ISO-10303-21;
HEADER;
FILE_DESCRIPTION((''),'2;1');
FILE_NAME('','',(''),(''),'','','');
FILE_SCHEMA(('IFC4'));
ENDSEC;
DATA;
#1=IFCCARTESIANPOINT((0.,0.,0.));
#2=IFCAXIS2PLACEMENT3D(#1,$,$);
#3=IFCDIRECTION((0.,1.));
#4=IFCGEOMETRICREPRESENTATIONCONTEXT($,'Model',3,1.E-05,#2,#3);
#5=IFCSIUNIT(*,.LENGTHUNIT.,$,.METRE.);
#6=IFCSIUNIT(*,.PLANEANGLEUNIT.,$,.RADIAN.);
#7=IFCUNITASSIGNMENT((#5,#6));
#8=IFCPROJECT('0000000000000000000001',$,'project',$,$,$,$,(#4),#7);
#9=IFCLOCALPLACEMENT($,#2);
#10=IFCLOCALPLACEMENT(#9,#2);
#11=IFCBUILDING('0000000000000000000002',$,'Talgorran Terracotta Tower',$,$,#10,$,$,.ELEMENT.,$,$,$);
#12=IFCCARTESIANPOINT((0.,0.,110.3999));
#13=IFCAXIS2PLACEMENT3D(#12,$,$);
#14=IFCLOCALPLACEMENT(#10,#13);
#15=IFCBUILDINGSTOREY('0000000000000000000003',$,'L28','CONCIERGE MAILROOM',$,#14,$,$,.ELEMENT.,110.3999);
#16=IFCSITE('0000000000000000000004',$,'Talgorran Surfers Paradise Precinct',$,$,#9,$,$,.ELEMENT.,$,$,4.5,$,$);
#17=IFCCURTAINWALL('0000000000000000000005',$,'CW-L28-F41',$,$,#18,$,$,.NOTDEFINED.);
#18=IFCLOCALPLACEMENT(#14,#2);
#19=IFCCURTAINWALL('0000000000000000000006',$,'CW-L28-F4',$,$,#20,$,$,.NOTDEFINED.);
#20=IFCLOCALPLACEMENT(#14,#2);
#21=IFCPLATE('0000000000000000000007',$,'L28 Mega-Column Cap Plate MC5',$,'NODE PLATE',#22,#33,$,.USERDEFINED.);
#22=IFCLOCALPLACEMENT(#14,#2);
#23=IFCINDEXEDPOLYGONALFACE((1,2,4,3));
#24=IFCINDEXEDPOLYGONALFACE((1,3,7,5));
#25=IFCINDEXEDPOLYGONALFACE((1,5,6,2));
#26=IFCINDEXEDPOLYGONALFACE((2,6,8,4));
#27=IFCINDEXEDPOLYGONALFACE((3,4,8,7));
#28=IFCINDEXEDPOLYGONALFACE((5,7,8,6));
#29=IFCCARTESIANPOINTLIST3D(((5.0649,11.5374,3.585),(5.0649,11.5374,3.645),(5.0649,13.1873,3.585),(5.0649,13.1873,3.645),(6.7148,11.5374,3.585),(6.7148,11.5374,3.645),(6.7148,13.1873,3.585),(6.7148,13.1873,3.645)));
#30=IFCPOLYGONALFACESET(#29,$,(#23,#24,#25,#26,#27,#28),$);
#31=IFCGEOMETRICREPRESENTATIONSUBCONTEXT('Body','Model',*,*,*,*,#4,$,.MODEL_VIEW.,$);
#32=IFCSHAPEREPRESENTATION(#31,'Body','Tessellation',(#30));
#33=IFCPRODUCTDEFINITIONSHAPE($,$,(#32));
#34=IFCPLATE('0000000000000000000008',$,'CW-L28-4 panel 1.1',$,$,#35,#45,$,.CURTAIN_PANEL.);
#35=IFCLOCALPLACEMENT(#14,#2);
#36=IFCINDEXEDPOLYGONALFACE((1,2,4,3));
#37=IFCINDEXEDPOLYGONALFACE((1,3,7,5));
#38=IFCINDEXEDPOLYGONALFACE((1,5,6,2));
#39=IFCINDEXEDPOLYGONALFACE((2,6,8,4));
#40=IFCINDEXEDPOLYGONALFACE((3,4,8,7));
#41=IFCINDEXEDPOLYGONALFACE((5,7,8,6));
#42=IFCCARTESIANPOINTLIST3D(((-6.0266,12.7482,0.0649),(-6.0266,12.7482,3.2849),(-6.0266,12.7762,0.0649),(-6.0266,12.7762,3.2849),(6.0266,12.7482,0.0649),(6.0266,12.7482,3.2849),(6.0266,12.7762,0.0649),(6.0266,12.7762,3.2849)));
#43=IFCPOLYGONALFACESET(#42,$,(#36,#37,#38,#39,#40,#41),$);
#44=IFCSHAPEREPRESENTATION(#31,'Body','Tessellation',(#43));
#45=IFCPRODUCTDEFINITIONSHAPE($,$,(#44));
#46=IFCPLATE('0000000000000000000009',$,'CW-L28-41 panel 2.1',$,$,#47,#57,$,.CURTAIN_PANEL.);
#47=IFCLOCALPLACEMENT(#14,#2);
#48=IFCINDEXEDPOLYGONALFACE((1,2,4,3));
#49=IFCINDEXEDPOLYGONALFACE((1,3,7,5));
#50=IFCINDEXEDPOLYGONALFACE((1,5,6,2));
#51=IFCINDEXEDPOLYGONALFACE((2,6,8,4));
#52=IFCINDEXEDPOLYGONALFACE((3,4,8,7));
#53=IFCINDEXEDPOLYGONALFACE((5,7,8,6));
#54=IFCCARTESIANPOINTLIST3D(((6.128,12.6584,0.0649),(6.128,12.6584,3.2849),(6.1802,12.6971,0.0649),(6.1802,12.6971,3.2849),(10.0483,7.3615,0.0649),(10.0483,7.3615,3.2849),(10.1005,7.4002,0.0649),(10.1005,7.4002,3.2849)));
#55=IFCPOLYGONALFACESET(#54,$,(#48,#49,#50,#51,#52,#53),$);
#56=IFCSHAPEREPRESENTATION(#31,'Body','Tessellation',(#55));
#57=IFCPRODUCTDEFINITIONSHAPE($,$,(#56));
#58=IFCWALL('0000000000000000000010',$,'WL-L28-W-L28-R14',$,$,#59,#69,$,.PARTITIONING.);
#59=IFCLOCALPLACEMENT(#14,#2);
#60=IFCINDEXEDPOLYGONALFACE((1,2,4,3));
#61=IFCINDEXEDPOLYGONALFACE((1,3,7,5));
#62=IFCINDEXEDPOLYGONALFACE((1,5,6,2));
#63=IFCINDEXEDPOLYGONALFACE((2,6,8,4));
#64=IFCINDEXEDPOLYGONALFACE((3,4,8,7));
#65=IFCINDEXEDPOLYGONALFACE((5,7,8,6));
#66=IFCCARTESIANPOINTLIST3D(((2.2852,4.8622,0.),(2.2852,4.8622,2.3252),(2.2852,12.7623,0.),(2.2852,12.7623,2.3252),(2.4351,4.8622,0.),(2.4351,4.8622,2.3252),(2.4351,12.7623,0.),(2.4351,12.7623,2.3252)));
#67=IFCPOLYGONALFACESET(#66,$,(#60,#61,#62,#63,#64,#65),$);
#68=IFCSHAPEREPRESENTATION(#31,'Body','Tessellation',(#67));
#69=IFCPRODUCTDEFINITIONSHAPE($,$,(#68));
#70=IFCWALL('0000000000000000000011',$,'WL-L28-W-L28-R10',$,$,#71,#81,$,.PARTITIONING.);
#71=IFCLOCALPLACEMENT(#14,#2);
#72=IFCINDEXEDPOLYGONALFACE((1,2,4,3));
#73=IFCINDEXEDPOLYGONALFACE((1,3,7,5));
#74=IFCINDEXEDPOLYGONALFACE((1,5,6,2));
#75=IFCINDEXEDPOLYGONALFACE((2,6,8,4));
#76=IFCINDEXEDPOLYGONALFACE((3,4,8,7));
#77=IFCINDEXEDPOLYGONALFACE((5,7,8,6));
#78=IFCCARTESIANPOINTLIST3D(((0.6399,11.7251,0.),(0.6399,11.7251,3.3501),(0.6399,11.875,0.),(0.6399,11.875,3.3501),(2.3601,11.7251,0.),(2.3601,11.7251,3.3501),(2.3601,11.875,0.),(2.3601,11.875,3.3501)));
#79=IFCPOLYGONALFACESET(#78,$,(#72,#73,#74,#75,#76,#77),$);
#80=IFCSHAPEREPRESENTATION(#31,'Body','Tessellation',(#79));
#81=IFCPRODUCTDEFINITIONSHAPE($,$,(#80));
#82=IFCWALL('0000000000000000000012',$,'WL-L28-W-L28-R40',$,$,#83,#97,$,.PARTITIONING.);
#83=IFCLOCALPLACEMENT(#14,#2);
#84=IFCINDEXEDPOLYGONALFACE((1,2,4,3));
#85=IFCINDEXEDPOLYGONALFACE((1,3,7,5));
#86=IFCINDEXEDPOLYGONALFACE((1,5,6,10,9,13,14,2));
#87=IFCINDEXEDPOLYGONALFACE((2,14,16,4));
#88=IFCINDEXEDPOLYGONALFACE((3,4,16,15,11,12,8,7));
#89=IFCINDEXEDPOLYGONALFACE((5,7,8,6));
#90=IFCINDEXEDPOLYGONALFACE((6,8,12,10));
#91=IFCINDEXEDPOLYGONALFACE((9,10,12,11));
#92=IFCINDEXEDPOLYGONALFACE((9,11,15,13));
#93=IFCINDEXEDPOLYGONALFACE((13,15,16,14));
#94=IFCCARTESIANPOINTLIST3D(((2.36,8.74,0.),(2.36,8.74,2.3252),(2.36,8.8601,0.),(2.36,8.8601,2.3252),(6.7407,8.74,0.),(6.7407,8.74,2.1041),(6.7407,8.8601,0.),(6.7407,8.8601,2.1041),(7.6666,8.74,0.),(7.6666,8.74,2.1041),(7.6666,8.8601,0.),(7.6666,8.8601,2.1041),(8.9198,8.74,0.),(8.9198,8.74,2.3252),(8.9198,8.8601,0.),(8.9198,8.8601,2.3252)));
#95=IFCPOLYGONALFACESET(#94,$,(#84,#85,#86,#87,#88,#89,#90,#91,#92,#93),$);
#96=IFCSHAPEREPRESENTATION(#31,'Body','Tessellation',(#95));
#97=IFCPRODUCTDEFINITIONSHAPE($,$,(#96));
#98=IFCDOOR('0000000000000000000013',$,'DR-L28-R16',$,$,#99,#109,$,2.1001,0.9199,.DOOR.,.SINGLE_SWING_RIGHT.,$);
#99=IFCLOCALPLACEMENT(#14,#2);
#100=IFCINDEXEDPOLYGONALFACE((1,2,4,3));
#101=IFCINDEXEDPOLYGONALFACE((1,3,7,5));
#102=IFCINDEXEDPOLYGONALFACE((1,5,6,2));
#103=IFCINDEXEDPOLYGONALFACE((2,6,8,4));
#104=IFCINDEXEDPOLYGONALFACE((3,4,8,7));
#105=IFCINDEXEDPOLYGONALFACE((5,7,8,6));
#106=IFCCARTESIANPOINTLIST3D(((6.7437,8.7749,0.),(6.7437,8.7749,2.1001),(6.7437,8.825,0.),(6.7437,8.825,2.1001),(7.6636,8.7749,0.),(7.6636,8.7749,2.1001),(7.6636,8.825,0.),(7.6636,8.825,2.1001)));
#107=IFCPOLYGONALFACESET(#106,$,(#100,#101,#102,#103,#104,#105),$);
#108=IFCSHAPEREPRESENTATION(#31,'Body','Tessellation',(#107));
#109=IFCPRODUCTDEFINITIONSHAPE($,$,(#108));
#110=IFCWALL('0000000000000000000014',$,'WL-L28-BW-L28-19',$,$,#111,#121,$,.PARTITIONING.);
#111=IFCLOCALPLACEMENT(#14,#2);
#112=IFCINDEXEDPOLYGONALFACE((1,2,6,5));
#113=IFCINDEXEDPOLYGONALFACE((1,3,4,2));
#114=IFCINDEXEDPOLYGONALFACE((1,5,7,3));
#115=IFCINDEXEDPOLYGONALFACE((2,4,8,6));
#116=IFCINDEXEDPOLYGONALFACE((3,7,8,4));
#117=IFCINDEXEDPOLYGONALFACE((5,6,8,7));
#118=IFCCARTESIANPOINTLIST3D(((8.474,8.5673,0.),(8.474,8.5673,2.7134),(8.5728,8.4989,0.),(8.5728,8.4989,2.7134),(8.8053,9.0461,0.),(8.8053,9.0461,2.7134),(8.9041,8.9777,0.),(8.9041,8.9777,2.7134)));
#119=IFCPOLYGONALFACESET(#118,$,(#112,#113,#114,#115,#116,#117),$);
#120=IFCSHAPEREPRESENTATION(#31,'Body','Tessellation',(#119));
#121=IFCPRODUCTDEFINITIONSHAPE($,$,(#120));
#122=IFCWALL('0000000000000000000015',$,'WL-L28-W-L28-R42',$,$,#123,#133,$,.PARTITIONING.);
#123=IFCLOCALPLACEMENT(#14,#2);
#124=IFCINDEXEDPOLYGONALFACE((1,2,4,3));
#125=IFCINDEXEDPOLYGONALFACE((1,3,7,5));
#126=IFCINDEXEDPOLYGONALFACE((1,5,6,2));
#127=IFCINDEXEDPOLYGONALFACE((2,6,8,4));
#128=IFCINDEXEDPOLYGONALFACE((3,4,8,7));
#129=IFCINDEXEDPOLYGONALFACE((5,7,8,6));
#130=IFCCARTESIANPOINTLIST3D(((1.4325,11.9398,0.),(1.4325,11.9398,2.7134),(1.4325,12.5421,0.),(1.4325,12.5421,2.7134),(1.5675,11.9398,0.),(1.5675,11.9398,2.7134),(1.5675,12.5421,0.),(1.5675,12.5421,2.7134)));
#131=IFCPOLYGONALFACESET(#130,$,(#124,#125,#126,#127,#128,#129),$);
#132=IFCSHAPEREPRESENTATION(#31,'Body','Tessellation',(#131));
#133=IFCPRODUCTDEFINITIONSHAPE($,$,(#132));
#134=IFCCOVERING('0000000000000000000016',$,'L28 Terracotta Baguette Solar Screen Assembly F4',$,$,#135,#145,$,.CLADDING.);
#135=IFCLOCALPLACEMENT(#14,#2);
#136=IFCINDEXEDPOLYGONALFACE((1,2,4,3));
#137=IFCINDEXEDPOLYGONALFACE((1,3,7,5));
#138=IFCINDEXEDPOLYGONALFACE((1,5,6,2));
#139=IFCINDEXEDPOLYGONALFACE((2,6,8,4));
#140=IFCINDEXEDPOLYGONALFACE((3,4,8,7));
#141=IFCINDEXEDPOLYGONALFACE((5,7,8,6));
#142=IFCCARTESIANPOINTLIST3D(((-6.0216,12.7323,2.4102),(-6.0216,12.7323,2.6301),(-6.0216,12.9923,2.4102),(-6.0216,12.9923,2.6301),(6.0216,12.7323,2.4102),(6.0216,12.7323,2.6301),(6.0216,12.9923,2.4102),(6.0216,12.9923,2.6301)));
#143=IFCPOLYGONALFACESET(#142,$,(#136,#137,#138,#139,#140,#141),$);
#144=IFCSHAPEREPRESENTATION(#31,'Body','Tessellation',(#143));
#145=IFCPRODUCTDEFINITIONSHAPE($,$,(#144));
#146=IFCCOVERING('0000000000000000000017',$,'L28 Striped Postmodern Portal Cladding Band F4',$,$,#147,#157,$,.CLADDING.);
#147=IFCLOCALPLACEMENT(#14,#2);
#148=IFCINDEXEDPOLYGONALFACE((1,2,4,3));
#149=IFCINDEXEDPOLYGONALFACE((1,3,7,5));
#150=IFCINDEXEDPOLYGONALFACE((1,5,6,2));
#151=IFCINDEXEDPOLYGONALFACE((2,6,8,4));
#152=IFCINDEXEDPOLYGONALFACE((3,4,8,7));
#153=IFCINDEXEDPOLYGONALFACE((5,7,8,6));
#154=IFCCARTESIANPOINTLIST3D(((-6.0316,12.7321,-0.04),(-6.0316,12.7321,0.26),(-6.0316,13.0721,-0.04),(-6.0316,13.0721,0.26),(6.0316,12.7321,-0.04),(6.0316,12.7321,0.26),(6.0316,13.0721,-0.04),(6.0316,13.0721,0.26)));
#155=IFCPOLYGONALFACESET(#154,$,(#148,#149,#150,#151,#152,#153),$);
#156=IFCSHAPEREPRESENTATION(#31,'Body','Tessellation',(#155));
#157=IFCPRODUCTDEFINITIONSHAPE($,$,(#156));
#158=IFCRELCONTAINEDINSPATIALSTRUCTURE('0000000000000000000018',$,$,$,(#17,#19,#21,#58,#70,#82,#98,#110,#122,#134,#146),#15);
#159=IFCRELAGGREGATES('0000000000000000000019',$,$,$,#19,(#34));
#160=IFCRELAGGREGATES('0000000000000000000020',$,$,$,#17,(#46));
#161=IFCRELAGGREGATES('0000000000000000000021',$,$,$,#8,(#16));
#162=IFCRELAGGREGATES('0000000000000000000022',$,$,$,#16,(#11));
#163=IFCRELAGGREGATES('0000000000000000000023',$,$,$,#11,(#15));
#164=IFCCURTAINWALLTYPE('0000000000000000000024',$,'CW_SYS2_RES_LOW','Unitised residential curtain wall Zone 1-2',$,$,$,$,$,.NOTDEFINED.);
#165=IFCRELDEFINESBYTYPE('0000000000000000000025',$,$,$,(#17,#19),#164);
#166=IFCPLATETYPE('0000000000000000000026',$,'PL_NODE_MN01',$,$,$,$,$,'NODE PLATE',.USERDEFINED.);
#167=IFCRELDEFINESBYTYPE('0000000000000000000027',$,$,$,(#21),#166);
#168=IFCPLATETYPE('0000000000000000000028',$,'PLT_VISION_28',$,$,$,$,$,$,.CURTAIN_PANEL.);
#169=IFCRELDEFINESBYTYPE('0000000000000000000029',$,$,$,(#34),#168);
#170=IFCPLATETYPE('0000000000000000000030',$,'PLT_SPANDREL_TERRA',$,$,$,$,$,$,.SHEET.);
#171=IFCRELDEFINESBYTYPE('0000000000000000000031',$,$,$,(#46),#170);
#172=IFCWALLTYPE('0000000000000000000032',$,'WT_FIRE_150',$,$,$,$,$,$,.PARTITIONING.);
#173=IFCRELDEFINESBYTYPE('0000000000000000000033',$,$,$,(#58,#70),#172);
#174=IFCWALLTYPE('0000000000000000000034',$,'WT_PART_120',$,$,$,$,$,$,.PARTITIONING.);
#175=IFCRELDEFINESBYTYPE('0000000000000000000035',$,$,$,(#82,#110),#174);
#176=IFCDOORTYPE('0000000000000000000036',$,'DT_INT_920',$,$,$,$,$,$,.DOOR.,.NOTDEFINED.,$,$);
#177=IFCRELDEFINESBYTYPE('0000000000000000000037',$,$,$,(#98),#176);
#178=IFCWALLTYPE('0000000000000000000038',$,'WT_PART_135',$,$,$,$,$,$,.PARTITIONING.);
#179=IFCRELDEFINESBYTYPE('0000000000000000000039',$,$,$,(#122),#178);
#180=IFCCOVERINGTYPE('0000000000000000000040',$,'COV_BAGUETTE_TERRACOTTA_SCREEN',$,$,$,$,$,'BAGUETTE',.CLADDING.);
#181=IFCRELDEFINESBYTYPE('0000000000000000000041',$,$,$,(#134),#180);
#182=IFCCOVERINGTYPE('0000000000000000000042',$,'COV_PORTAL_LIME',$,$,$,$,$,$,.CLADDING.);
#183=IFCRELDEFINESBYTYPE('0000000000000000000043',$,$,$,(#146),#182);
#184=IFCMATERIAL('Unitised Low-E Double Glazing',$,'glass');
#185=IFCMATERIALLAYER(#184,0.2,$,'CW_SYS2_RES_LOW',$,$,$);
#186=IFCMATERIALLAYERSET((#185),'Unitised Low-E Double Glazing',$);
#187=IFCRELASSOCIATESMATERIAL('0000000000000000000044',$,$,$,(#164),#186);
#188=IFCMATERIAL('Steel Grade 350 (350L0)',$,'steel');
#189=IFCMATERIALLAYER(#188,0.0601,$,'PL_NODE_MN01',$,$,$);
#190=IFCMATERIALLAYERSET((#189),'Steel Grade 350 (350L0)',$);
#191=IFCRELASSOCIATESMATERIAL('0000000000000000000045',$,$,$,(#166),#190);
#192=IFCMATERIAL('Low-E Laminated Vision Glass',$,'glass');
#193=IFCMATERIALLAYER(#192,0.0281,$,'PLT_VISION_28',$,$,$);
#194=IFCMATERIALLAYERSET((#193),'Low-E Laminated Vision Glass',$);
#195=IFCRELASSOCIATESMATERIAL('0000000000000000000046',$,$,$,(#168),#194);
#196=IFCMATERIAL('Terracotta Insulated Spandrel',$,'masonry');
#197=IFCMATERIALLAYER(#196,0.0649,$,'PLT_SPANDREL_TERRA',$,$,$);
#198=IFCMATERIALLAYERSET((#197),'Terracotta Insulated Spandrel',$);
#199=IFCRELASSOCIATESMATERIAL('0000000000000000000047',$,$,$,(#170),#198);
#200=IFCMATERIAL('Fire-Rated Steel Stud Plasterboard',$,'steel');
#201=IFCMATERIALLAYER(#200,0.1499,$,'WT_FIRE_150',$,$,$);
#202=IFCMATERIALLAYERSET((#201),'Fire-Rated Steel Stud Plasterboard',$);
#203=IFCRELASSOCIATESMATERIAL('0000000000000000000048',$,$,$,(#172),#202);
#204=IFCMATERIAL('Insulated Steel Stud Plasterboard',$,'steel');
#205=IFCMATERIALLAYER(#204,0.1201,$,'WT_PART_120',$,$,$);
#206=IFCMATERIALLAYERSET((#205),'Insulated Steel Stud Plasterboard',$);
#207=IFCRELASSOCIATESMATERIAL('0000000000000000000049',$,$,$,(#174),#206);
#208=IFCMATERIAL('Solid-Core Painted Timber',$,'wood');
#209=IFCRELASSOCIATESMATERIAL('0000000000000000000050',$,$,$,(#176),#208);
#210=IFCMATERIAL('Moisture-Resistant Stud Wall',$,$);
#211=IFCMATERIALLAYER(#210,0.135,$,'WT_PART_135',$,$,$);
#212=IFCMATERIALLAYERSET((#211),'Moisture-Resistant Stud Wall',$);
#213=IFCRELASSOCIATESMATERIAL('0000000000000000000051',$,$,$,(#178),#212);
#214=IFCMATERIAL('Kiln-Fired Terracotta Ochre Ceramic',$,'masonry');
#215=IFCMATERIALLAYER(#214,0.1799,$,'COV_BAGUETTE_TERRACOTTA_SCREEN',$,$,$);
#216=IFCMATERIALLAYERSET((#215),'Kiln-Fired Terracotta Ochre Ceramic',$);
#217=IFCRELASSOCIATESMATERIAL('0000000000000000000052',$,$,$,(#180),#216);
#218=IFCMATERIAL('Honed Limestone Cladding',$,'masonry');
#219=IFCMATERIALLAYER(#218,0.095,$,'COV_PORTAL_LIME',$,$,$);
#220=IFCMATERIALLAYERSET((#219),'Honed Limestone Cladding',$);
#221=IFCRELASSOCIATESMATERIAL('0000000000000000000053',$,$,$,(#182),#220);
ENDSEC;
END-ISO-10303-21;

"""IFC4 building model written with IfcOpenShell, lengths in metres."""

from ifc_helpers import new_model, si_unit, direction, frame, frame_2d, origin, origin_2d, place, context, subcontext, project, spatial, rectangle, extrude, source, transform, mapped, material, layer, layer_set, type_object, type_shapes, element, fill, aggregate, save


model = new_model("IFC4")

# Units and contexts
model_context = context("Model", 3, precision=1e-05, world=origin(), true_north=direction((0.0, 1.0)))
body_context = subcontext(model_context, "Body", "Model", "MODEL_VIEW")
ifc_project = project(units=[si_unit("LENGTHUNIT", "METRE"), si_unit("PLANEANGLEUNIT", "RADIAN")], contexts=[model_context])

# Site, building, storey
site_placement = place(None, origin())
site = spatial("IfcSite", under=ifc_project, at=site_placement, Name="Talgorran Surfers Paradise Precinct", CompositionType="ELEMENT", RefElevation=4.5)
building_placement = place(site_placement, origin())
building = spatial("IfcBuilding", under=site, at=building_placement, Name="Talgorran Terracotta Tower", CompositionType="ELEMENT")
storey_placement = place(building_placement, frame((0.0, 0.0, 110.3999)))
storey = spatial("IfcBuildingStorey", under=building, at=storey_placement, Name="L28", Description="CONCIERGE MAILROOM", CompositionType="ELEMENT", Elevation=110.3999)

# Shared definitions
ifc_material_1 = material(Name="Steel Grade 350 (350L0)", Category="steel")

# Curtain wall
ifc_material_2 = material(Name="Unitised Low-E Double Glazing", Category="glass")
ifc_layer_1 = layer(ifc_material_2, 0.2, Name="CW_SYS2_RES_LOW")
ifc_layer_set_1 = layer_set([ifc_layer_1], Name="Unitised Low-E Double Glazing")
curtain_wall_type = type_object("IfcCurtainWallType", Name="CW_SYS2_RES_LOW", Description="Unitised residential curtain wall Zone 1-2", PredefinedType="NOTDEFINED", material=ifc_layer_set_1)
curtain_wall_1_placement = place(storey_placement, origin())
curtain_wall_1 = element("IfcCurtainWall", 1, at=curtain_wall_1_placement, inside=storey, type_object=curtain_wall_type, Name="CW-L28-F41", PredefinedType="NOTDEFINED")

# Curtain wall
curtain_wall_2_placement = place(storey_placement, origin())
curtain_wall_2 = element("IfcCurtainWall", 2, at=curtain_wall_2_placement, inside=storey, type_object=curtain_wall_type, Name="CW-L28-F4", PredefinedType="NOTDEFINED")

# Plates
ifc_layer_2 = layer(ifc_material_1, 0.0601, Name="PL_NODE_MN01")
ifc_layer_set_2 = layer_set([ifc_layer_2], Name="Steel Grade 350 (350L0)")
plate_type_1 = type_object("IfcPlateType", Name="PL_NODE_MN01", ElementType="NODE PLATE", PredefinedType="USERDEFINED", material=ifc_layer_set_2)
plate_1_placement = place(storey_placement, frame((5.8899, 12.3623, 3.585), z_axis=(0.0, 0.0, 1.0), x_axis=(1.0, 0.0, 0.0)))
element("IfcPlate", 3, at=plate_1_placement, inside=storey, type_object=plate_type_1, Name="L28 Mega-Column Cap Plate MC5", ObjectType="NODE PLATE", PredefinedType="USERDEFINED", context=body_context, shape_type="SweptSolid", body=[
    extrude(rectangle(XDim=1.6499, YDim=1.6499, at=origin_2d()), origin(), (0.0, 0.0, 1.0), 0.0601),
])
ifc_material_3 = material(Name="Low-E Laminated Vision Glass", Category="glass")
ifc_layer_3 = layer(ifc_material_3, 0.0281, Name="PLT_VISION_28")
ifc_layer_set_3 = layer_set([ifc_layer_3], Name="Low-E Laminated Vision Glass")
plate_type_2 = type_object("IfcPlateType", Name="PLT_VISION_28", PredefinedType="CURTAIN_PANEL", material=ifc_layer_set_3)
shared_shape_1 = source(origin(), body_context, "Body", "SweptSolid", [
    extrude(rectangle(XDim=12.0532, YDim=0.0281, at=origin_2d()), origin(), (0.0, 0.0, 1.0), 3.22),
])
type_shapes(plate_type_2, [shared_shape_1])
plate_2_placement = place(storey_placement, frame((0.0, 12.7622, 0.0649), z_axis=(0.0, 0.0, 1.0), x_axis=(-1.0, 0.0, 0.0)))
plate_2 = element("IfcPlate", 4, at=plate_2_placement, type_object=plate_type_2, Name="CW-L28-4 panel 1.1", PredefinedType="CURTAIN_PANEL", context=body_context, shape_type="MappedRepresentation", body=[
    mapped(shared_shape_1, transform((0.0, 0.0, 0.0), scale=1.0)),
])
aggregate(curtain_wall_2, [plate_2])
ifc_material_4 = material(Name="Terracotta Insulated Spandrel", Category="masonry")
ifc_layer_4 = layer(ifc_material_4, 0.0649, Name="PLT_SPANDREL_TERRA")
ifc_layer_set_4 = layer_set([ifc_layer_4], Name="Terracotta Insulated Spandrel")
plate_type_3 = type_object("IfcPlateType", Name="PLT_SPANDREL_TERRA", PredefinedType="SHEET", material=ifc_layer_set_4)
shared_shape_2 = source(origin(), body_context, "Body", "SweptSolid", [
    extrude(rectangle(XDim=6.5898, YDim=0.0649, at=origin_2d()), origin(), (0.0, 0.0, 1.0), 3.22),
])
type_shapes(plate_type_3, [shared_shape_2])
plate_3_placement = place(storey_placement, frame((8.1143, 10.0293, 0.0649), z_axis=(0.0, 0.0, 1.0), x_axis=(-0.594909, 0.803793, 0.0)))
plate_3 = element("IfcPlate", 5, at=plate_3_placement, type_object=plate_type_3, Name="CW-L28-41 panel 2.1", PredefinedType="CURTAIN_PANEL", context=body_context, shape_type="MappedRepresentation", body=[
    mapped(shared_shape_2, transform((0.0, 0.0, 0.0), scale=1.0)),
])
aggregate(curtain_wall_1, [plate_3])

# Walls
ifc_material_5 = material(Name="Fire-Rated Steel Stud Plasterboard", Category="steel")
ifc_layer_5 = layer(ifc_material_5, 0.1499, Name="WT_FIRE_150")
ifc_layer_set_5 = layer_set([ifc_layer_5], Name="Fire-Rated Steel Stud Plasterboard")
wall_type_1 = type_object("IfcWallType", Name="WT_FIRE_150", PredefinedType="PARTITIONING", material=ifc_layer_set_5)
wall_1_placement = place(storey_placement, frame((2.3601, 4.8621, 0.0), z_axis=(0.0, 0.0, 1.0), x_axis=(0.0, 1.0, 0.0)))
element("IfcWall", 6, at=wall_1_placement, inside=storey, type_object=wall_type_1, Name="WL-L28-W-L28-R14", PredefinedType="PARTITIONING", context=body_context, shape_type="SweptSolid", body=[
    extrude(rectangle(XDim=7.9001, YDim=0.1499, at=frame_2d((3.9502, 0.0))), origin(), (0.0, 0.0, 1.0), 2.3252),
])
wall_2_placement = place(storey_placement, frame((0.6399, 11.8, 0.0), z_axis=(0.0, 0.0, 1.0), x_axis=(1.0, 0.0, 0.0)))
element("IfcWall", 7, at=wall_2_placement, inside=storey, type_object=wall_type_1, Name="WL-L28-W-L28-R10", PredefinedType="PARTITIONING", context=body_context, shape_type="SweptSolid", body=[
    extrude(rectangle(XDim=1.7202, YDim=0.1499, at=frame_2d((0.8601, 0.0))), origin(), (0.0, 0.0, 1.0), 3.3501),
])

# Wall, opening, door
ifc_material_6 = material(Name="Insulated Steel Stud Plasterboard", Category="steel")
ifc_layer_6 = layer(ifc_material_6, 0.1201, Name="WT_PART_120")
ifc_layer_set_6 = layer_set([ifc_layer_6], Name="Insulated Steel Stud Plasterboard")
wall_type_2 = type_object("IfcWallType", Name="WT_PART_120", PredefinedType="PARTITIONING", material=ifc_layer_set_6)
wall_3_placement = place(storey_placement, frame((2.3601, 8.8, 0.0), z_axis=(0.0, 0.0, 1.0), x_axis=(1.0, 0.0, 0.0)))
wall_3 = element("IfcWall", 8, at=wall_3_placement, inside=storey, type_object=wall_type_2, Name="WL-L28-W-L28-R40", PredefinedType="PARTITIONING", context=body_context, shape_type="SweptSolid", body=[
    extrude(rectangle(XDim=6.5598, YDim=0.1201, at=frame_2d((3.2798, 0.0))), origin(), (0.0, 0.0, 1.0), 2.3252),
])
opening_placement = place(wall_3_placement, frame((4.3835, 0.0, 0.0)))
opening = element("IfcOpeningElement", 9, at=opening_placement, cuts=wall_3, PredefinedType="OPENING", context=body_context, shape_type="SweptSolid", body=[
    extrude(rectangle(XDim=0.9259, YDim=2.1041, at=frame_2d((0.46, 1.052))), frame((0.0, 0.0701, 0.0), z_axis=(0.0, -1.0, 0.0), x_axis=(1.0, 0.0, 0.0)), (0.0, 0.0, 1.0), 0.1401),
])
ifc_material_7 = material(Name="Solid-Core Painted Timber", Category="wood")
door_type = type_object("IfcDoorType", Name="DT_INT_920", OperationType="NOTDEFINED", PredefinedType="DOOR", material=ifc_material_7)
door_placement = place(opening_placement, origin())
door = element("IfcDoor", 10, at=door_placement, inside=storey, type_object=door_type, Name="DR-L28-R16", OperationType="SINGLE_SWING_RIGHT", OverallHeight=2.1001, OverallWidth=0.9199, PredefinedType="DOOR", context=body_context, shape_type="SweptSolid", body=[
    extrude(rectangle(XDim=0.9199, YDim=2.1001, at=frame_2d((0.46, 1.05))), frame((0.0, 0.0249, 0.0), z_axis=(0.0, -1.0, 0.0), x_axis=(1.0, 0.0, 0.0)), (0.0, 0.0, 1.0), 0.05),
])
fill(opening, door)

# Walls
wall_4_placement = place(storey_placement, frame((8.5234, 8.5332, 0.0), z_axis=(0.0, 0.0, 1.0), x_axis=(0.569036, 0.822313, 0.0)))
element("IfcWall", 11, at=wall_4_placement, inside=storey, type_object=wall_type_2, Name="WL-L28-BW-L28-19", PredefinedType="PARTITIONING", context=body_context, shape_type="SweptSolid", body=[
    extrude(rectangle(XDim=0.5823, YDim=0.1201, at=frame_2d((0.291, 0.0))), origin(), (0.0, 0.0, 1.0), 2.7134),
])
ifc_material_8 = material(Name="Moisture-Resistant Stud Wall")
ifc_layer_7 = layer(ifc_material_8, 0.135, Name="WT_PART_135")
ifc_layer_set_7 = layer_set([ifc_layer_7], Name="Moisture-Resistant Stud Wall")
wall_type_3 = type_object("IfcWallType", Name="WT_PART_135", PredefinedType="PARTITIONING", material=ifc_layer_set_7)
wall_5_placement = place(storey_placement, frame((1.5, 12.5422, 0.0), z_axis=(0.0, 0.0, 1.0), x_axis=(0.0, -1.0, 0.0)))
element("IfcWall", 12, at=wall_5_placement, inside=storey, type_object=wall_type_3, Name="WL-L28-W-L28-R42", PredefinedType="PARTITIONING", context=body_context, shape_type="SweptSolid", body=[
    extrude(rectangle(XDim=0.6023, YDim=0.135, at=frame_2d((0.3013, 0.0))), origin(), (0.0, 0.0, 1.0), 2.7134),
])

# Coverings
ifc_material_9 = material(Name="Kiln-Fired Terracotta Ochre Ceramic", Category="masonry")
ifc_layer_8 = layer(ifc_material_9, 0.1799, Name="COV_BAGUETTE_TERRACOTTA_SCREEN")
ifc_layer_set_8 = layer_set([ifc_layer_8], Name="Kiln-Fired Terracotta Ochre Ceramic")
covering_type_1 = type_object("IfcCoveringType", Name="COV_BAGUETTE_TERRACOTTA_SCREEN", ElementType="BAGUETTE", PredefinedType="CLADDING", material=ifc_layer_set_8)
covering_1_placement = place(storey_placement, frame((0.0, 12.8623, 2.4102), z_axis=(0.0, 0.0, 1.0), x_axis=(-1.0, 0.0, 0.0)))
element("IfcCovering", 13, at=covering_1_placement, inside=storey, type_object=covering_type_1, Name="L28 Terracotta Baguette Solar Screen Assembly F4", PredefinedType="CLADDING", context=body_context, shape_type="SweptSolid", body=[
    extrude(rectangle(XDim=12.0432, YDim=0.26, at=origin_2d()), origin(), (0.0, 0.0, 1.0), 0.22),
])
ifc_material_10 = material(Name="Honed Limestone Cladding", Category="masonry")
ifc_layer_9 = layer(ifc_material_10, 0.095, Name="COV_PORTAL_LIME")
ifc_layer_set_9 = layer_set([ifc_layer_9], Name="Honed Limestone Cladding")
covering_type_2 = type_object("IfcCoveringType", Name="COV_PORTAL_LIME", PredefinedType="CLADDING", material=ifc_layer_set_9)
covering_2_placement = place(storey_placement, frame((0.0, 12.9021, -0.04), z_axis=(0.0, 0.0, 1.0), x_axis=(-1.0, 0.0, 0.0)))
element("IfcCovering", 14, at=covering_2_placement, inside=storey, type_object=covering_type_2, Name="L28 Striped Postmodern Portal Cladding Band F4", PredefinedType="CLADDING", context=body_context, shape_type="SweptSolid", body=[
    extrude(rectangle(XDim=12.0632, YDim=0.3401, at=origin_2d()), origin(), (0.0, 0.0, 1.0), 0.3),
])

save(model, "model.ifc")
